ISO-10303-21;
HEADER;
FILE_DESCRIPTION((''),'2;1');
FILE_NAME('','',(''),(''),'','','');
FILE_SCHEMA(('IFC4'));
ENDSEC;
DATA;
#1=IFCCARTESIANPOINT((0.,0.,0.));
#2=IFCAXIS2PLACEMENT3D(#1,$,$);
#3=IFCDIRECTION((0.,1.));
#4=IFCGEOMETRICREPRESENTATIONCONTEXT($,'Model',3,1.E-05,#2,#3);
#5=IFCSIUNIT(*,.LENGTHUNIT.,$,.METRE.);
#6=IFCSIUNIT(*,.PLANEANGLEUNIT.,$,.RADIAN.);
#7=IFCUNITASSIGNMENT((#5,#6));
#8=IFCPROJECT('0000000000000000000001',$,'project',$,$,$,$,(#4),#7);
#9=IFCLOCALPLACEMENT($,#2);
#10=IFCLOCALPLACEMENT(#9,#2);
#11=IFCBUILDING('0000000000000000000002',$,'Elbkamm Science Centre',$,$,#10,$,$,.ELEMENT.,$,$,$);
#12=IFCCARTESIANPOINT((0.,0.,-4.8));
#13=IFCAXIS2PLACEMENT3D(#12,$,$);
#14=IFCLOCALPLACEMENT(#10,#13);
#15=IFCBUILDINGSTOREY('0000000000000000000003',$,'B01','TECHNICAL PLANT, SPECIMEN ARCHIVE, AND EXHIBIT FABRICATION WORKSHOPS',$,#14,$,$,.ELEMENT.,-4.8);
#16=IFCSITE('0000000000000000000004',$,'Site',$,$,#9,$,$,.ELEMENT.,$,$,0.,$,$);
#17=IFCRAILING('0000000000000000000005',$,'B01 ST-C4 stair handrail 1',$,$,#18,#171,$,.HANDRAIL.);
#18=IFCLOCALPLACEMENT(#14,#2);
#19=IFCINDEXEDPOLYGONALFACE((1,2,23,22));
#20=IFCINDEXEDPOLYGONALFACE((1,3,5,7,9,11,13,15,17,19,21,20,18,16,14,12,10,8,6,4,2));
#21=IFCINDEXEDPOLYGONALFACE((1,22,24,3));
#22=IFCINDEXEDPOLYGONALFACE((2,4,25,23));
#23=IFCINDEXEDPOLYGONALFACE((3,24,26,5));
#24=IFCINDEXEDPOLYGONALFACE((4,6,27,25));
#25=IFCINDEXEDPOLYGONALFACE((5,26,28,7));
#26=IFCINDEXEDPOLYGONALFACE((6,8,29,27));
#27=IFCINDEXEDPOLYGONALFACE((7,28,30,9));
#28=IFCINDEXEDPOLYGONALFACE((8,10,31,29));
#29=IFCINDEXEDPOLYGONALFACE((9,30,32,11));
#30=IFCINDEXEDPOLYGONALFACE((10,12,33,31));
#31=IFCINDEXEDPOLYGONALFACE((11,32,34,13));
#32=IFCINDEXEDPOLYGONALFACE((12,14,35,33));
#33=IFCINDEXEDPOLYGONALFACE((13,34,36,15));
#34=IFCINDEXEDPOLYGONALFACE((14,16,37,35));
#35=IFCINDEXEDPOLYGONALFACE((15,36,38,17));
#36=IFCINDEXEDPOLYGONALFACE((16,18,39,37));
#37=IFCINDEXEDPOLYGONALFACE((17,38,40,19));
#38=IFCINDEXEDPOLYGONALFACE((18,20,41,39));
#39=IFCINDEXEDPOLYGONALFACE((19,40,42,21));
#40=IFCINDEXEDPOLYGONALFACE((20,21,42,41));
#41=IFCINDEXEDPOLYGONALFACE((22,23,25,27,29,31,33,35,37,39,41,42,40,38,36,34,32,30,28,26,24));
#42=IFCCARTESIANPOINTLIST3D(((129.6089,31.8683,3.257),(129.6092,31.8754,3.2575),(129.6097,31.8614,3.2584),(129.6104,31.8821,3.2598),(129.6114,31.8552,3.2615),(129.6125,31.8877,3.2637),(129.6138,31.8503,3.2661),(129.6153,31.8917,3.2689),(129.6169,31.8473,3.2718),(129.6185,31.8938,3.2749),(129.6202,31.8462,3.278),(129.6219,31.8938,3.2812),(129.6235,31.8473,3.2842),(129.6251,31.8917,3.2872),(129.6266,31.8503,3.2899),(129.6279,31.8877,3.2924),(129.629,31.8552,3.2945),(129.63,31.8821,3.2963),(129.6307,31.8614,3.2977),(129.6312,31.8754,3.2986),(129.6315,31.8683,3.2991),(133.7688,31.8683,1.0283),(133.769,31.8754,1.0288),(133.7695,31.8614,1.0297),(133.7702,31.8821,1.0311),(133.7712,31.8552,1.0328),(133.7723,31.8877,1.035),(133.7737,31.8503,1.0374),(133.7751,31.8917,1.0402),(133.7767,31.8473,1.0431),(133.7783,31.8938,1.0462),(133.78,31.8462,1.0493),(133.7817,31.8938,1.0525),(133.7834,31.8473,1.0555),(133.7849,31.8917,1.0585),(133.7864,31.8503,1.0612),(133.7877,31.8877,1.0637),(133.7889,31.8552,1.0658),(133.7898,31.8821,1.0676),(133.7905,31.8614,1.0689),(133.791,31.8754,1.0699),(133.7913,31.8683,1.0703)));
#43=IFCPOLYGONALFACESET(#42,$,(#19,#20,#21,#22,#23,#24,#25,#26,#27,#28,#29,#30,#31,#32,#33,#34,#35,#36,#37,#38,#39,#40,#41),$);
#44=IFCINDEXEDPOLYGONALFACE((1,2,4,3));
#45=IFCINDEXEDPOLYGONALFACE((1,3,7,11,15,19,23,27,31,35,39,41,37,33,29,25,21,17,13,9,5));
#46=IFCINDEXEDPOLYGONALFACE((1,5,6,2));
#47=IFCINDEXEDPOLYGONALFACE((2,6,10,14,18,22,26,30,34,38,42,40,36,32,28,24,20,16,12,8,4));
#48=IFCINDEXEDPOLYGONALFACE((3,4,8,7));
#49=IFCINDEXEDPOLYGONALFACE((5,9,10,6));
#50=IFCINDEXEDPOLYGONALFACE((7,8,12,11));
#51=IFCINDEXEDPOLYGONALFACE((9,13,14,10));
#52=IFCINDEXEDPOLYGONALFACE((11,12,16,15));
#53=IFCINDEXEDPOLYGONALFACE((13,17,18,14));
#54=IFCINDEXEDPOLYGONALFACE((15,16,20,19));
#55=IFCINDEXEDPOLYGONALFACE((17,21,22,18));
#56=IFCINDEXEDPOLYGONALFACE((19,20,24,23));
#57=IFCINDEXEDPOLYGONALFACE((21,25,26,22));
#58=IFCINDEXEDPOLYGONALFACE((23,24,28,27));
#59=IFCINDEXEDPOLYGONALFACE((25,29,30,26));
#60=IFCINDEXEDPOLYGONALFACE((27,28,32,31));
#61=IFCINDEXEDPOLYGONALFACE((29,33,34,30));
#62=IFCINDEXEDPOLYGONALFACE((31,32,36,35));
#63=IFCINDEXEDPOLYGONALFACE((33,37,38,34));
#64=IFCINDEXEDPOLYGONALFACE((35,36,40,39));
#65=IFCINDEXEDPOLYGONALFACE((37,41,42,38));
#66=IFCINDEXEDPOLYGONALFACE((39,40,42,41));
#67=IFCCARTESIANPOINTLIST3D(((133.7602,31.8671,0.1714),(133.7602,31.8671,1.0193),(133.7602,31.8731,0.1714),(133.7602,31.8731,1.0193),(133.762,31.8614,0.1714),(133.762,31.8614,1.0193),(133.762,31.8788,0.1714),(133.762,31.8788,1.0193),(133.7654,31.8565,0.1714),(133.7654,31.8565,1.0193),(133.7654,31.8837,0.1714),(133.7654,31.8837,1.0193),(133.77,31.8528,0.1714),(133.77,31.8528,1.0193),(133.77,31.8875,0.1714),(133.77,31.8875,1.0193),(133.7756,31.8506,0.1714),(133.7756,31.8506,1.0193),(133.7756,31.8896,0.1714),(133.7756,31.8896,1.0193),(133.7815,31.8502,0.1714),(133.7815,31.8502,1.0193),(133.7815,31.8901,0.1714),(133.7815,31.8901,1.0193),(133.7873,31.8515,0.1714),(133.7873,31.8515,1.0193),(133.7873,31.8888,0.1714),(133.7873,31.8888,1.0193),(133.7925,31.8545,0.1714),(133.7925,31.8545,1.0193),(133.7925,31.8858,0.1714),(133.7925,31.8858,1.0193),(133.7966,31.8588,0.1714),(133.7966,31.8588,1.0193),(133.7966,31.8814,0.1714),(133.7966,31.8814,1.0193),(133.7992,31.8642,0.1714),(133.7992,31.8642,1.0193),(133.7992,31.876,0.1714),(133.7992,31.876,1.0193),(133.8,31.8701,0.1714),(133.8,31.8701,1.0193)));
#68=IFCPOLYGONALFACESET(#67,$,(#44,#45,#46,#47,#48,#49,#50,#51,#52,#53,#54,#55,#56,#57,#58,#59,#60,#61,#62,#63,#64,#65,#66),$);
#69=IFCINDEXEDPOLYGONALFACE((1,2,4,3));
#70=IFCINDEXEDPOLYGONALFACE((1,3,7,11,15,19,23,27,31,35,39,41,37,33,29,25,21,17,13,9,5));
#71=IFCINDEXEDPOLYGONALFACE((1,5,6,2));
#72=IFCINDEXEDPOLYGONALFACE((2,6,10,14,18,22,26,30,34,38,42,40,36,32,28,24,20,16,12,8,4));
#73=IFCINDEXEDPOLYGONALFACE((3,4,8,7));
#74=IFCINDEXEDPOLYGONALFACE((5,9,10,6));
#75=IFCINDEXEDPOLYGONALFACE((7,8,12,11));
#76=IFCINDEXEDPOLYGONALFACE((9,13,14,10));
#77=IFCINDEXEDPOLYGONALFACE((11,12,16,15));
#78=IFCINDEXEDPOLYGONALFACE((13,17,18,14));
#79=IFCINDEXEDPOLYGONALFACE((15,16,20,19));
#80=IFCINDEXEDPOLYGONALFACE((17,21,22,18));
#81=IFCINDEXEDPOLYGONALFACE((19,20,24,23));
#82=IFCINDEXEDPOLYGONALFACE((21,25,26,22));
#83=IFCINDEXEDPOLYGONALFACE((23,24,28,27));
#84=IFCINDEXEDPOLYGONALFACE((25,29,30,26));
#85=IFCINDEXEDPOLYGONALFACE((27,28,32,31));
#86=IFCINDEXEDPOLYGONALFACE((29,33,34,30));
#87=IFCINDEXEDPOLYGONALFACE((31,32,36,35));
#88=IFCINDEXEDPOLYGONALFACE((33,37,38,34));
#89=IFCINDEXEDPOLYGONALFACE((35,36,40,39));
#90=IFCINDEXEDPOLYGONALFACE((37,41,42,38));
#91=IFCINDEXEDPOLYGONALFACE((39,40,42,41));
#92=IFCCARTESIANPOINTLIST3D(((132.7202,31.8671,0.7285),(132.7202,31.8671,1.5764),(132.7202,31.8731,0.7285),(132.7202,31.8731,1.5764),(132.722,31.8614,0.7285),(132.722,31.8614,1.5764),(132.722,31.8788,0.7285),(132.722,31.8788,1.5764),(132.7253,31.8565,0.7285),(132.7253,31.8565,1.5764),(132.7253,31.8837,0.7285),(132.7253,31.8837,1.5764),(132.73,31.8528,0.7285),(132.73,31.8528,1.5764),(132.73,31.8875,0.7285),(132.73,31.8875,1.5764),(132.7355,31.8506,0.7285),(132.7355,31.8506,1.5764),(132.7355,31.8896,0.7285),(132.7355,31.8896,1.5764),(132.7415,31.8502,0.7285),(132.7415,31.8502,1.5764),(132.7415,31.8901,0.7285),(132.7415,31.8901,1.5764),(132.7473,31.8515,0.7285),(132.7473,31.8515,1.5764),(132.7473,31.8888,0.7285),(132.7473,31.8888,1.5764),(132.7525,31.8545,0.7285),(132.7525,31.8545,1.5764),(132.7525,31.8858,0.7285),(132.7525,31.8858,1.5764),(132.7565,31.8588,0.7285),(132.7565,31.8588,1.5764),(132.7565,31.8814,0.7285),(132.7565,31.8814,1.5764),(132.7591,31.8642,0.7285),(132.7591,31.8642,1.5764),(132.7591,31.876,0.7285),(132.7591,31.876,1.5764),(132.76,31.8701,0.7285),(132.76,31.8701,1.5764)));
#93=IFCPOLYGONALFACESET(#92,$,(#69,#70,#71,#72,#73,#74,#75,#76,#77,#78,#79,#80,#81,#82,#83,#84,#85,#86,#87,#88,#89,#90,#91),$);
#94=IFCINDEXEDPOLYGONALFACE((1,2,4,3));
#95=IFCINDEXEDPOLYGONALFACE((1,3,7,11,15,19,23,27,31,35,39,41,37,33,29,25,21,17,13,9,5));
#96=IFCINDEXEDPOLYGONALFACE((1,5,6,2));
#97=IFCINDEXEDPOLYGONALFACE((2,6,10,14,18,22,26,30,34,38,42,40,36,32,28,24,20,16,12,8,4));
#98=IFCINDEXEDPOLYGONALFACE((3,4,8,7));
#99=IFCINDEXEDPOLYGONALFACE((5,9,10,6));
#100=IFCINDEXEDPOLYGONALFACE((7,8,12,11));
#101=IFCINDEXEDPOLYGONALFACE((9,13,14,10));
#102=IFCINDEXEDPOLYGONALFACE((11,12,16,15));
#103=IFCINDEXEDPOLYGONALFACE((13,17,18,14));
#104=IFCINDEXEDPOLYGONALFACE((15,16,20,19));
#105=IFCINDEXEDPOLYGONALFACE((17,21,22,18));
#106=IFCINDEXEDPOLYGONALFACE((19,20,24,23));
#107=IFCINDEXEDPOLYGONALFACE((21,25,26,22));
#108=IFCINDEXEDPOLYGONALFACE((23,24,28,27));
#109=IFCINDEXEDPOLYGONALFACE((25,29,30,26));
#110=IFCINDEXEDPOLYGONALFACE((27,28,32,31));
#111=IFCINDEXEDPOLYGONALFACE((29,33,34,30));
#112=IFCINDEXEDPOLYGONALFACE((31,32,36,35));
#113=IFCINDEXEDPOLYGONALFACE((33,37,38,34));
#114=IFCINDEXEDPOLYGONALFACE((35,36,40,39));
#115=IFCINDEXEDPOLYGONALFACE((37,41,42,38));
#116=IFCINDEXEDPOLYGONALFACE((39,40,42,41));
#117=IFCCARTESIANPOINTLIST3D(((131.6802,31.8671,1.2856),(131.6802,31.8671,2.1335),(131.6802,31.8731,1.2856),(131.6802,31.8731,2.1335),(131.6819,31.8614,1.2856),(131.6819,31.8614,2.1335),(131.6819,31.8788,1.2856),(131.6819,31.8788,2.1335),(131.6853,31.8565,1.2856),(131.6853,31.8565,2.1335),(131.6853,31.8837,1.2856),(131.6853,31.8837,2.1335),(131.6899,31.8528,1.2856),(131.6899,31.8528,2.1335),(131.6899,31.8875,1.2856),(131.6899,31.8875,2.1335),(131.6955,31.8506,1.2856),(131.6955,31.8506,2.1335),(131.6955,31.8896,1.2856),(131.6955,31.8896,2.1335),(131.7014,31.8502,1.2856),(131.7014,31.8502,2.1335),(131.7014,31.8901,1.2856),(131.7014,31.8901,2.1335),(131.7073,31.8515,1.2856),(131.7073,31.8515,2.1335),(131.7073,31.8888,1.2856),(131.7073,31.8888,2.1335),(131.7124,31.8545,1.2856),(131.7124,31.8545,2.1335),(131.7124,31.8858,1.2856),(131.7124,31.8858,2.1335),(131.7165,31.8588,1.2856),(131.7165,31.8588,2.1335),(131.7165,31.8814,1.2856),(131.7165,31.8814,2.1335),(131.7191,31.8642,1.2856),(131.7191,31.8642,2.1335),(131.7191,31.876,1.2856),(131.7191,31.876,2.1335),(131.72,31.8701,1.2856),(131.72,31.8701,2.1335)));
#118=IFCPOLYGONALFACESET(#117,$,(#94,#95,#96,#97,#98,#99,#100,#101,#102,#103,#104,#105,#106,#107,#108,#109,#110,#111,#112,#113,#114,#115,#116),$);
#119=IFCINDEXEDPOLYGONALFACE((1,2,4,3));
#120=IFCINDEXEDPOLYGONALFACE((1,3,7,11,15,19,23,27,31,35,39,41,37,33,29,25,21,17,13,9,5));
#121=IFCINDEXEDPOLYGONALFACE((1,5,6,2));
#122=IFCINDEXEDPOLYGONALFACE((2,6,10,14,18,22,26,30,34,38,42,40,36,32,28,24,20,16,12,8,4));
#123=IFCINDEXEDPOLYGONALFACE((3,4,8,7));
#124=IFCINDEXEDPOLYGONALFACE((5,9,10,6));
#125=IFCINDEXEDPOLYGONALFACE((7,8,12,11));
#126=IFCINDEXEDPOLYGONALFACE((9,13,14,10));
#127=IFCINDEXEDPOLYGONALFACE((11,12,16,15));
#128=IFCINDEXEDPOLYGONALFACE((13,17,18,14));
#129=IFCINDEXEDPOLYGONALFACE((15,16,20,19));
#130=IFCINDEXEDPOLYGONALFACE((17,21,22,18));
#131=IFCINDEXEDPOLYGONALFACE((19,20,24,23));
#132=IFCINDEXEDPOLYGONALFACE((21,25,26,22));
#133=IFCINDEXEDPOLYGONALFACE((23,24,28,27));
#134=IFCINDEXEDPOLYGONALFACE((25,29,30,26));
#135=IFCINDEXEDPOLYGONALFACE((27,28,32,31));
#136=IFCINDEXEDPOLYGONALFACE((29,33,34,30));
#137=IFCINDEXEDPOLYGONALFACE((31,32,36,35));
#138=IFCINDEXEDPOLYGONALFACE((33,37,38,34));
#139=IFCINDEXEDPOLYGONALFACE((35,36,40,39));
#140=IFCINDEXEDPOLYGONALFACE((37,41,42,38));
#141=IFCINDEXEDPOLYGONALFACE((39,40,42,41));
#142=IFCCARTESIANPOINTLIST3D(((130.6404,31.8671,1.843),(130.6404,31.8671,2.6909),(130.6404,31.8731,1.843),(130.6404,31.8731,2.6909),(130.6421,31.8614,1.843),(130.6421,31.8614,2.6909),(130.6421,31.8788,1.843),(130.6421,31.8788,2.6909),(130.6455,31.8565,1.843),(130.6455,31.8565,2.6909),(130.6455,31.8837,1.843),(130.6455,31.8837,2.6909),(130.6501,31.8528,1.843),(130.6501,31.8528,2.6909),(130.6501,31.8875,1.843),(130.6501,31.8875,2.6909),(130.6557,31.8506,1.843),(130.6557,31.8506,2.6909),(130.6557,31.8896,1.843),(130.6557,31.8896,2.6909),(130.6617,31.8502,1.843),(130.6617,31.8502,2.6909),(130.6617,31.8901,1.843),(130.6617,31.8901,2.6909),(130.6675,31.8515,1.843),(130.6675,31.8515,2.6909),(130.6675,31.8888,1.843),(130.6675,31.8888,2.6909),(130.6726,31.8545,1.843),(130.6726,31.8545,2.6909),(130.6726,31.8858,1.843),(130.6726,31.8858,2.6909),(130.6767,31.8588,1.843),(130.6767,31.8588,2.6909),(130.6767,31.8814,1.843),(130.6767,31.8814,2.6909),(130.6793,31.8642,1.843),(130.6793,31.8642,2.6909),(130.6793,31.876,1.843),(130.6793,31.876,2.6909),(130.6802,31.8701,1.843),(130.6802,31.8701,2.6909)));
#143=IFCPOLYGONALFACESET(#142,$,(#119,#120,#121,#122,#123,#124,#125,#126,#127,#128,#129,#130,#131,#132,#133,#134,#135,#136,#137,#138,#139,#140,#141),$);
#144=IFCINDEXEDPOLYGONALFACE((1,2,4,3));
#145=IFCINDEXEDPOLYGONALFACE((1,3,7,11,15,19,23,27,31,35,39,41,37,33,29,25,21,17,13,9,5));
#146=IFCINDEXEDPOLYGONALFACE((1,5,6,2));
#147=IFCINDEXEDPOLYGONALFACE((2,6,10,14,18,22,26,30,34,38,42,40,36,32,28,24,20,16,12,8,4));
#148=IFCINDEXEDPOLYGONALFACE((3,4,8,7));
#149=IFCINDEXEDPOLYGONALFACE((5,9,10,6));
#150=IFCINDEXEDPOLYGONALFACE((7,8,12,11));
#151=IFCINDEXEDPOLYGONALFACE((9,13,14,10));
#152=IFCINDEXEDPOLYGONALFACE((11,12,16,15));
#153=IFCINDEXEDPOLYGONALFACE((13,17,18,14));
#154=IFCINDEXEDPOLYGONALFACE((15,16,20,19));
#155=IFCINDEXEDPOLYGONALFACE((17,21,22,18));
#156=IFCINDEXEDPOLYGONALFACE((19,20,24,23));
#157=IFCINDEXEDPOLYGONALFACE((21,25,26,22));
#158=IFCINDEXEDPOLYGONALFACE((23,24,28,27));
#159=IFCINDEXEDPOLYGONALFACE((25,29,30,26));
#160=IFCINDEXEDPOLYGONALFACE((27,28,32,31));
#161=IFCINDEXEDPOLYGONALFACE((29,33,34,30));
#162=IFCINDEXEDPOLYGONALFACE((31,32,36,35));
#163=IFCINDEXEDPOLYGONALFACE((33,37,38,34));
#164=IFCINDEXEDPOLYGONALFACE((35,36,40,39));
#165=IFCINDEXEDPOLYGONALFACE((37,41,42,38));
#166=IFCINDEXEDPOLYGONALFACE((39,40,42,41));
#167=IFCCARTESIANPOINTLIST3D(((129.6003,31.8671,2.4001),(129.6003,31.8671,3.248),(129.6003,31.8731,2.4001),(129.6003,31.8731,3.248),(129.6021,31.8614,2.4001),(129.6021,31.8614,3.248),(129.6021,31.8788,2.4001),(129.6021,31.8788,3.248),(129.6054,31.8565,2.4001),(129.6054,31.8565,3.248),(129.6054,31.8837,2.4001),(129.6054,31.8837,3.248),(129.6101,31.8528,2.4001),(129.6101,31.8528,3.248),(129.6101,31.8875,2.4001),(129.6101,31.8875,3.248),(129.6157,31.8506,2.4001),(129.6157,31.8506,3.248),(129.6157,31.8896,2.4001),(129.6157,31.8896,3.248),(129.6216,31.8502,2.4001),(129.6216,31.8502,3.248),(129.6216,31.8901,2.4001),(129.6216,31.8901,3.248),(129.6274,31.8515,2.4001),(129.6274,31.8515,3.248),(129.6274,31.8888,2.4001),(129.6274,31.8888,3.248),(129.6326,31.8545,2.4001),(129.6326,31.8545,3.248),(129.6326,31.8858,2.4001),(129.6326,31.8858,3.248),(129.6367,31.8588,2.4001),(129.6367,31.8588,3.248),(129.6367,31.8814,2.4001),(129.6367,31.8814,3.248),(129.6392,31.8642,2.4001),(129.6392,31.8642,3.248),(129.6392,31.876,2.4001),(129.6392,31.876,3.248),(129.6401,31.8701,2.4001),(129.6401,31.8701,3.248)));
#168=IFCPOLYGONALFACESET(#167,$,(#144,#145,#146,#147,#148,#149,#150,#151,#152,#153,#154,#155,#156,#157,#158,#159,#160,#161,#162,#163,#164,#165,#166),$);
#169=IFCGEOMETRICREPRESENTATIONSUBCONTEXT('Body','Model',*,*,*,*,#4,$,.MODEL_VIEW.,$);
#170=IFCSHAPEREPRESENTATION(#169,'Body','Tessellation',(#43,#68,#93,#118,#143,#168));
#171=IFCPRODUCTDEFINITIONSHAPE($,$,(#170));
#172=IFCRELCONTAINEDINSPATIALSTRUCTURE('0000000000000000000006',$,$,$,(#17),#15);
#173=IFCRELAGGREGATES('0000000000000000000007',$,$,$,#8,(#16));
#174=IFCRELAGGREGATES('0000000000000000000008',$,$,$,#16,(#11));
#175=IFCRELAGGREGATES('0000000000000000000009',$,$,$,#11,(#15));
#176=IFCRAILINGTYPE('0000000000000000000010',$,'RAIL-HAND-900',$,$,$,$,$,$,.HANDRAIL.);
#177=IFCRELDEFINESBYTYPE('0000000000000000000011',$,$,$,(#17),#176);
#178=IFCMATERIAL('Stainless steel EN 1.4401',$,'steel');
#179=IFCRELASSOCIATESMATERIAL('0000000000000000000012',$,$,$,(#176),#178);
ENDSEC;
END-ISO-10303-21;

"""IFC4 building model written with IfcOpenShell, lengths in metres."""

from ifc_helpers import new_model, si_unit, direction, frame, origin, origin_2d, place, context, subcontext, project, spatial, circle, extrude, material, type_object, element, save


model = new_model("IFC4")

# Units and contexts
model_context = context("Model", 3, precision=1e-05, world=origin(), true_north=direction((0.0, 1.0)))
body_context = subcontext(model_context, "Body", "Model", "MODEL_VIEW")
ifc_project = project(units=[si_unit("LENGTHUNIT", "METRE"), si_unit("PLANEANGLEUNIT", "RADIAN")], contexts=[model_context])

# Site, building, storey
site_placement = place(None, origin())
site = spatial("IfcSite", under=ifc_project, at=site_placement, Name="Site", CompositionType="ELEMENT", RefElevation=0.0)
building_placement = place(site_placement, origin())
building = spatial("IfcBuilding", under=site, at=building_placement, Name="Elbkamm Science Centre", CompositionType="ELEMENT")
storey_placement = place(building_placement, frame((0.0, 0.0, -4.8)))
storey = spatial("IfcBuildingStorey", under=building, at=storey_placement, Name="B01", Description="TECHNICAL PLANT, SPECIMEN ARCHIVE, AND EXHIBIT FABRICATION WORKSHOPS", CompositionType="ELEMENT", Elevation=-4.8)

# Railing
ifc_material_1 = material(Name="Stainless steel EN 1.4401", Category="steel")
railing_type_1 = type_object("IfcRailingType", Name="RAIL-HAND-900", PredefinedType="HANDRAIL", material=ifc_material_1)
railing_1_placement = place(storey_placement, frame((133.78, 31.8701, 0.1714)))
element("IfcRailing", 1, at=railing_1_placement, inside=storey, type_object=railing_type_1, Name="B01 ST-C4 stair handrail 1", PredefinedType="HANDRAIL", context=body_context, shape_type="SweptSolid", body=[
    extrude(circle(Radius=0.0239, at=origin_2d()), frame((0.0, 0.0, 0.8779), z_axis=(-0.881459, 0.0, 0.47226), x_axis=(0.0, -1.0, 0.0)), (0.0, 0.0, 1.0), 4.7192),
    extrude(circle(Radius=0.02, at=origin_2d()), origin(), (0.0, 0.0, 1.0), 0.8479),
    extrude(circle(Radius=0.02, at=origin_2d()), frame((-1.04, 0.0, 0.5571)), (0.0, 0.0, 1.0), 0.8479),
    extrude(circle(Radius=0.02, at=origin_2d()), frame((-2.0801, 0.0, 1.1143)), (0.0, 0.0, 1.0), 0.8479),
    extrude(circle(Radius=0.02, at=origin_2d()), frame((-3.1199, 0.0, 1.6716)), (0.0, 0.0, 1.0), 0.8479),
    extrude(circle(Radius=0.02, at=origin_2d()), frame((-4.1599, 0.0, 2.2288)), (0.0, 0.0, 1.0), 0.8479),
])

save(model, "model.ifc")
